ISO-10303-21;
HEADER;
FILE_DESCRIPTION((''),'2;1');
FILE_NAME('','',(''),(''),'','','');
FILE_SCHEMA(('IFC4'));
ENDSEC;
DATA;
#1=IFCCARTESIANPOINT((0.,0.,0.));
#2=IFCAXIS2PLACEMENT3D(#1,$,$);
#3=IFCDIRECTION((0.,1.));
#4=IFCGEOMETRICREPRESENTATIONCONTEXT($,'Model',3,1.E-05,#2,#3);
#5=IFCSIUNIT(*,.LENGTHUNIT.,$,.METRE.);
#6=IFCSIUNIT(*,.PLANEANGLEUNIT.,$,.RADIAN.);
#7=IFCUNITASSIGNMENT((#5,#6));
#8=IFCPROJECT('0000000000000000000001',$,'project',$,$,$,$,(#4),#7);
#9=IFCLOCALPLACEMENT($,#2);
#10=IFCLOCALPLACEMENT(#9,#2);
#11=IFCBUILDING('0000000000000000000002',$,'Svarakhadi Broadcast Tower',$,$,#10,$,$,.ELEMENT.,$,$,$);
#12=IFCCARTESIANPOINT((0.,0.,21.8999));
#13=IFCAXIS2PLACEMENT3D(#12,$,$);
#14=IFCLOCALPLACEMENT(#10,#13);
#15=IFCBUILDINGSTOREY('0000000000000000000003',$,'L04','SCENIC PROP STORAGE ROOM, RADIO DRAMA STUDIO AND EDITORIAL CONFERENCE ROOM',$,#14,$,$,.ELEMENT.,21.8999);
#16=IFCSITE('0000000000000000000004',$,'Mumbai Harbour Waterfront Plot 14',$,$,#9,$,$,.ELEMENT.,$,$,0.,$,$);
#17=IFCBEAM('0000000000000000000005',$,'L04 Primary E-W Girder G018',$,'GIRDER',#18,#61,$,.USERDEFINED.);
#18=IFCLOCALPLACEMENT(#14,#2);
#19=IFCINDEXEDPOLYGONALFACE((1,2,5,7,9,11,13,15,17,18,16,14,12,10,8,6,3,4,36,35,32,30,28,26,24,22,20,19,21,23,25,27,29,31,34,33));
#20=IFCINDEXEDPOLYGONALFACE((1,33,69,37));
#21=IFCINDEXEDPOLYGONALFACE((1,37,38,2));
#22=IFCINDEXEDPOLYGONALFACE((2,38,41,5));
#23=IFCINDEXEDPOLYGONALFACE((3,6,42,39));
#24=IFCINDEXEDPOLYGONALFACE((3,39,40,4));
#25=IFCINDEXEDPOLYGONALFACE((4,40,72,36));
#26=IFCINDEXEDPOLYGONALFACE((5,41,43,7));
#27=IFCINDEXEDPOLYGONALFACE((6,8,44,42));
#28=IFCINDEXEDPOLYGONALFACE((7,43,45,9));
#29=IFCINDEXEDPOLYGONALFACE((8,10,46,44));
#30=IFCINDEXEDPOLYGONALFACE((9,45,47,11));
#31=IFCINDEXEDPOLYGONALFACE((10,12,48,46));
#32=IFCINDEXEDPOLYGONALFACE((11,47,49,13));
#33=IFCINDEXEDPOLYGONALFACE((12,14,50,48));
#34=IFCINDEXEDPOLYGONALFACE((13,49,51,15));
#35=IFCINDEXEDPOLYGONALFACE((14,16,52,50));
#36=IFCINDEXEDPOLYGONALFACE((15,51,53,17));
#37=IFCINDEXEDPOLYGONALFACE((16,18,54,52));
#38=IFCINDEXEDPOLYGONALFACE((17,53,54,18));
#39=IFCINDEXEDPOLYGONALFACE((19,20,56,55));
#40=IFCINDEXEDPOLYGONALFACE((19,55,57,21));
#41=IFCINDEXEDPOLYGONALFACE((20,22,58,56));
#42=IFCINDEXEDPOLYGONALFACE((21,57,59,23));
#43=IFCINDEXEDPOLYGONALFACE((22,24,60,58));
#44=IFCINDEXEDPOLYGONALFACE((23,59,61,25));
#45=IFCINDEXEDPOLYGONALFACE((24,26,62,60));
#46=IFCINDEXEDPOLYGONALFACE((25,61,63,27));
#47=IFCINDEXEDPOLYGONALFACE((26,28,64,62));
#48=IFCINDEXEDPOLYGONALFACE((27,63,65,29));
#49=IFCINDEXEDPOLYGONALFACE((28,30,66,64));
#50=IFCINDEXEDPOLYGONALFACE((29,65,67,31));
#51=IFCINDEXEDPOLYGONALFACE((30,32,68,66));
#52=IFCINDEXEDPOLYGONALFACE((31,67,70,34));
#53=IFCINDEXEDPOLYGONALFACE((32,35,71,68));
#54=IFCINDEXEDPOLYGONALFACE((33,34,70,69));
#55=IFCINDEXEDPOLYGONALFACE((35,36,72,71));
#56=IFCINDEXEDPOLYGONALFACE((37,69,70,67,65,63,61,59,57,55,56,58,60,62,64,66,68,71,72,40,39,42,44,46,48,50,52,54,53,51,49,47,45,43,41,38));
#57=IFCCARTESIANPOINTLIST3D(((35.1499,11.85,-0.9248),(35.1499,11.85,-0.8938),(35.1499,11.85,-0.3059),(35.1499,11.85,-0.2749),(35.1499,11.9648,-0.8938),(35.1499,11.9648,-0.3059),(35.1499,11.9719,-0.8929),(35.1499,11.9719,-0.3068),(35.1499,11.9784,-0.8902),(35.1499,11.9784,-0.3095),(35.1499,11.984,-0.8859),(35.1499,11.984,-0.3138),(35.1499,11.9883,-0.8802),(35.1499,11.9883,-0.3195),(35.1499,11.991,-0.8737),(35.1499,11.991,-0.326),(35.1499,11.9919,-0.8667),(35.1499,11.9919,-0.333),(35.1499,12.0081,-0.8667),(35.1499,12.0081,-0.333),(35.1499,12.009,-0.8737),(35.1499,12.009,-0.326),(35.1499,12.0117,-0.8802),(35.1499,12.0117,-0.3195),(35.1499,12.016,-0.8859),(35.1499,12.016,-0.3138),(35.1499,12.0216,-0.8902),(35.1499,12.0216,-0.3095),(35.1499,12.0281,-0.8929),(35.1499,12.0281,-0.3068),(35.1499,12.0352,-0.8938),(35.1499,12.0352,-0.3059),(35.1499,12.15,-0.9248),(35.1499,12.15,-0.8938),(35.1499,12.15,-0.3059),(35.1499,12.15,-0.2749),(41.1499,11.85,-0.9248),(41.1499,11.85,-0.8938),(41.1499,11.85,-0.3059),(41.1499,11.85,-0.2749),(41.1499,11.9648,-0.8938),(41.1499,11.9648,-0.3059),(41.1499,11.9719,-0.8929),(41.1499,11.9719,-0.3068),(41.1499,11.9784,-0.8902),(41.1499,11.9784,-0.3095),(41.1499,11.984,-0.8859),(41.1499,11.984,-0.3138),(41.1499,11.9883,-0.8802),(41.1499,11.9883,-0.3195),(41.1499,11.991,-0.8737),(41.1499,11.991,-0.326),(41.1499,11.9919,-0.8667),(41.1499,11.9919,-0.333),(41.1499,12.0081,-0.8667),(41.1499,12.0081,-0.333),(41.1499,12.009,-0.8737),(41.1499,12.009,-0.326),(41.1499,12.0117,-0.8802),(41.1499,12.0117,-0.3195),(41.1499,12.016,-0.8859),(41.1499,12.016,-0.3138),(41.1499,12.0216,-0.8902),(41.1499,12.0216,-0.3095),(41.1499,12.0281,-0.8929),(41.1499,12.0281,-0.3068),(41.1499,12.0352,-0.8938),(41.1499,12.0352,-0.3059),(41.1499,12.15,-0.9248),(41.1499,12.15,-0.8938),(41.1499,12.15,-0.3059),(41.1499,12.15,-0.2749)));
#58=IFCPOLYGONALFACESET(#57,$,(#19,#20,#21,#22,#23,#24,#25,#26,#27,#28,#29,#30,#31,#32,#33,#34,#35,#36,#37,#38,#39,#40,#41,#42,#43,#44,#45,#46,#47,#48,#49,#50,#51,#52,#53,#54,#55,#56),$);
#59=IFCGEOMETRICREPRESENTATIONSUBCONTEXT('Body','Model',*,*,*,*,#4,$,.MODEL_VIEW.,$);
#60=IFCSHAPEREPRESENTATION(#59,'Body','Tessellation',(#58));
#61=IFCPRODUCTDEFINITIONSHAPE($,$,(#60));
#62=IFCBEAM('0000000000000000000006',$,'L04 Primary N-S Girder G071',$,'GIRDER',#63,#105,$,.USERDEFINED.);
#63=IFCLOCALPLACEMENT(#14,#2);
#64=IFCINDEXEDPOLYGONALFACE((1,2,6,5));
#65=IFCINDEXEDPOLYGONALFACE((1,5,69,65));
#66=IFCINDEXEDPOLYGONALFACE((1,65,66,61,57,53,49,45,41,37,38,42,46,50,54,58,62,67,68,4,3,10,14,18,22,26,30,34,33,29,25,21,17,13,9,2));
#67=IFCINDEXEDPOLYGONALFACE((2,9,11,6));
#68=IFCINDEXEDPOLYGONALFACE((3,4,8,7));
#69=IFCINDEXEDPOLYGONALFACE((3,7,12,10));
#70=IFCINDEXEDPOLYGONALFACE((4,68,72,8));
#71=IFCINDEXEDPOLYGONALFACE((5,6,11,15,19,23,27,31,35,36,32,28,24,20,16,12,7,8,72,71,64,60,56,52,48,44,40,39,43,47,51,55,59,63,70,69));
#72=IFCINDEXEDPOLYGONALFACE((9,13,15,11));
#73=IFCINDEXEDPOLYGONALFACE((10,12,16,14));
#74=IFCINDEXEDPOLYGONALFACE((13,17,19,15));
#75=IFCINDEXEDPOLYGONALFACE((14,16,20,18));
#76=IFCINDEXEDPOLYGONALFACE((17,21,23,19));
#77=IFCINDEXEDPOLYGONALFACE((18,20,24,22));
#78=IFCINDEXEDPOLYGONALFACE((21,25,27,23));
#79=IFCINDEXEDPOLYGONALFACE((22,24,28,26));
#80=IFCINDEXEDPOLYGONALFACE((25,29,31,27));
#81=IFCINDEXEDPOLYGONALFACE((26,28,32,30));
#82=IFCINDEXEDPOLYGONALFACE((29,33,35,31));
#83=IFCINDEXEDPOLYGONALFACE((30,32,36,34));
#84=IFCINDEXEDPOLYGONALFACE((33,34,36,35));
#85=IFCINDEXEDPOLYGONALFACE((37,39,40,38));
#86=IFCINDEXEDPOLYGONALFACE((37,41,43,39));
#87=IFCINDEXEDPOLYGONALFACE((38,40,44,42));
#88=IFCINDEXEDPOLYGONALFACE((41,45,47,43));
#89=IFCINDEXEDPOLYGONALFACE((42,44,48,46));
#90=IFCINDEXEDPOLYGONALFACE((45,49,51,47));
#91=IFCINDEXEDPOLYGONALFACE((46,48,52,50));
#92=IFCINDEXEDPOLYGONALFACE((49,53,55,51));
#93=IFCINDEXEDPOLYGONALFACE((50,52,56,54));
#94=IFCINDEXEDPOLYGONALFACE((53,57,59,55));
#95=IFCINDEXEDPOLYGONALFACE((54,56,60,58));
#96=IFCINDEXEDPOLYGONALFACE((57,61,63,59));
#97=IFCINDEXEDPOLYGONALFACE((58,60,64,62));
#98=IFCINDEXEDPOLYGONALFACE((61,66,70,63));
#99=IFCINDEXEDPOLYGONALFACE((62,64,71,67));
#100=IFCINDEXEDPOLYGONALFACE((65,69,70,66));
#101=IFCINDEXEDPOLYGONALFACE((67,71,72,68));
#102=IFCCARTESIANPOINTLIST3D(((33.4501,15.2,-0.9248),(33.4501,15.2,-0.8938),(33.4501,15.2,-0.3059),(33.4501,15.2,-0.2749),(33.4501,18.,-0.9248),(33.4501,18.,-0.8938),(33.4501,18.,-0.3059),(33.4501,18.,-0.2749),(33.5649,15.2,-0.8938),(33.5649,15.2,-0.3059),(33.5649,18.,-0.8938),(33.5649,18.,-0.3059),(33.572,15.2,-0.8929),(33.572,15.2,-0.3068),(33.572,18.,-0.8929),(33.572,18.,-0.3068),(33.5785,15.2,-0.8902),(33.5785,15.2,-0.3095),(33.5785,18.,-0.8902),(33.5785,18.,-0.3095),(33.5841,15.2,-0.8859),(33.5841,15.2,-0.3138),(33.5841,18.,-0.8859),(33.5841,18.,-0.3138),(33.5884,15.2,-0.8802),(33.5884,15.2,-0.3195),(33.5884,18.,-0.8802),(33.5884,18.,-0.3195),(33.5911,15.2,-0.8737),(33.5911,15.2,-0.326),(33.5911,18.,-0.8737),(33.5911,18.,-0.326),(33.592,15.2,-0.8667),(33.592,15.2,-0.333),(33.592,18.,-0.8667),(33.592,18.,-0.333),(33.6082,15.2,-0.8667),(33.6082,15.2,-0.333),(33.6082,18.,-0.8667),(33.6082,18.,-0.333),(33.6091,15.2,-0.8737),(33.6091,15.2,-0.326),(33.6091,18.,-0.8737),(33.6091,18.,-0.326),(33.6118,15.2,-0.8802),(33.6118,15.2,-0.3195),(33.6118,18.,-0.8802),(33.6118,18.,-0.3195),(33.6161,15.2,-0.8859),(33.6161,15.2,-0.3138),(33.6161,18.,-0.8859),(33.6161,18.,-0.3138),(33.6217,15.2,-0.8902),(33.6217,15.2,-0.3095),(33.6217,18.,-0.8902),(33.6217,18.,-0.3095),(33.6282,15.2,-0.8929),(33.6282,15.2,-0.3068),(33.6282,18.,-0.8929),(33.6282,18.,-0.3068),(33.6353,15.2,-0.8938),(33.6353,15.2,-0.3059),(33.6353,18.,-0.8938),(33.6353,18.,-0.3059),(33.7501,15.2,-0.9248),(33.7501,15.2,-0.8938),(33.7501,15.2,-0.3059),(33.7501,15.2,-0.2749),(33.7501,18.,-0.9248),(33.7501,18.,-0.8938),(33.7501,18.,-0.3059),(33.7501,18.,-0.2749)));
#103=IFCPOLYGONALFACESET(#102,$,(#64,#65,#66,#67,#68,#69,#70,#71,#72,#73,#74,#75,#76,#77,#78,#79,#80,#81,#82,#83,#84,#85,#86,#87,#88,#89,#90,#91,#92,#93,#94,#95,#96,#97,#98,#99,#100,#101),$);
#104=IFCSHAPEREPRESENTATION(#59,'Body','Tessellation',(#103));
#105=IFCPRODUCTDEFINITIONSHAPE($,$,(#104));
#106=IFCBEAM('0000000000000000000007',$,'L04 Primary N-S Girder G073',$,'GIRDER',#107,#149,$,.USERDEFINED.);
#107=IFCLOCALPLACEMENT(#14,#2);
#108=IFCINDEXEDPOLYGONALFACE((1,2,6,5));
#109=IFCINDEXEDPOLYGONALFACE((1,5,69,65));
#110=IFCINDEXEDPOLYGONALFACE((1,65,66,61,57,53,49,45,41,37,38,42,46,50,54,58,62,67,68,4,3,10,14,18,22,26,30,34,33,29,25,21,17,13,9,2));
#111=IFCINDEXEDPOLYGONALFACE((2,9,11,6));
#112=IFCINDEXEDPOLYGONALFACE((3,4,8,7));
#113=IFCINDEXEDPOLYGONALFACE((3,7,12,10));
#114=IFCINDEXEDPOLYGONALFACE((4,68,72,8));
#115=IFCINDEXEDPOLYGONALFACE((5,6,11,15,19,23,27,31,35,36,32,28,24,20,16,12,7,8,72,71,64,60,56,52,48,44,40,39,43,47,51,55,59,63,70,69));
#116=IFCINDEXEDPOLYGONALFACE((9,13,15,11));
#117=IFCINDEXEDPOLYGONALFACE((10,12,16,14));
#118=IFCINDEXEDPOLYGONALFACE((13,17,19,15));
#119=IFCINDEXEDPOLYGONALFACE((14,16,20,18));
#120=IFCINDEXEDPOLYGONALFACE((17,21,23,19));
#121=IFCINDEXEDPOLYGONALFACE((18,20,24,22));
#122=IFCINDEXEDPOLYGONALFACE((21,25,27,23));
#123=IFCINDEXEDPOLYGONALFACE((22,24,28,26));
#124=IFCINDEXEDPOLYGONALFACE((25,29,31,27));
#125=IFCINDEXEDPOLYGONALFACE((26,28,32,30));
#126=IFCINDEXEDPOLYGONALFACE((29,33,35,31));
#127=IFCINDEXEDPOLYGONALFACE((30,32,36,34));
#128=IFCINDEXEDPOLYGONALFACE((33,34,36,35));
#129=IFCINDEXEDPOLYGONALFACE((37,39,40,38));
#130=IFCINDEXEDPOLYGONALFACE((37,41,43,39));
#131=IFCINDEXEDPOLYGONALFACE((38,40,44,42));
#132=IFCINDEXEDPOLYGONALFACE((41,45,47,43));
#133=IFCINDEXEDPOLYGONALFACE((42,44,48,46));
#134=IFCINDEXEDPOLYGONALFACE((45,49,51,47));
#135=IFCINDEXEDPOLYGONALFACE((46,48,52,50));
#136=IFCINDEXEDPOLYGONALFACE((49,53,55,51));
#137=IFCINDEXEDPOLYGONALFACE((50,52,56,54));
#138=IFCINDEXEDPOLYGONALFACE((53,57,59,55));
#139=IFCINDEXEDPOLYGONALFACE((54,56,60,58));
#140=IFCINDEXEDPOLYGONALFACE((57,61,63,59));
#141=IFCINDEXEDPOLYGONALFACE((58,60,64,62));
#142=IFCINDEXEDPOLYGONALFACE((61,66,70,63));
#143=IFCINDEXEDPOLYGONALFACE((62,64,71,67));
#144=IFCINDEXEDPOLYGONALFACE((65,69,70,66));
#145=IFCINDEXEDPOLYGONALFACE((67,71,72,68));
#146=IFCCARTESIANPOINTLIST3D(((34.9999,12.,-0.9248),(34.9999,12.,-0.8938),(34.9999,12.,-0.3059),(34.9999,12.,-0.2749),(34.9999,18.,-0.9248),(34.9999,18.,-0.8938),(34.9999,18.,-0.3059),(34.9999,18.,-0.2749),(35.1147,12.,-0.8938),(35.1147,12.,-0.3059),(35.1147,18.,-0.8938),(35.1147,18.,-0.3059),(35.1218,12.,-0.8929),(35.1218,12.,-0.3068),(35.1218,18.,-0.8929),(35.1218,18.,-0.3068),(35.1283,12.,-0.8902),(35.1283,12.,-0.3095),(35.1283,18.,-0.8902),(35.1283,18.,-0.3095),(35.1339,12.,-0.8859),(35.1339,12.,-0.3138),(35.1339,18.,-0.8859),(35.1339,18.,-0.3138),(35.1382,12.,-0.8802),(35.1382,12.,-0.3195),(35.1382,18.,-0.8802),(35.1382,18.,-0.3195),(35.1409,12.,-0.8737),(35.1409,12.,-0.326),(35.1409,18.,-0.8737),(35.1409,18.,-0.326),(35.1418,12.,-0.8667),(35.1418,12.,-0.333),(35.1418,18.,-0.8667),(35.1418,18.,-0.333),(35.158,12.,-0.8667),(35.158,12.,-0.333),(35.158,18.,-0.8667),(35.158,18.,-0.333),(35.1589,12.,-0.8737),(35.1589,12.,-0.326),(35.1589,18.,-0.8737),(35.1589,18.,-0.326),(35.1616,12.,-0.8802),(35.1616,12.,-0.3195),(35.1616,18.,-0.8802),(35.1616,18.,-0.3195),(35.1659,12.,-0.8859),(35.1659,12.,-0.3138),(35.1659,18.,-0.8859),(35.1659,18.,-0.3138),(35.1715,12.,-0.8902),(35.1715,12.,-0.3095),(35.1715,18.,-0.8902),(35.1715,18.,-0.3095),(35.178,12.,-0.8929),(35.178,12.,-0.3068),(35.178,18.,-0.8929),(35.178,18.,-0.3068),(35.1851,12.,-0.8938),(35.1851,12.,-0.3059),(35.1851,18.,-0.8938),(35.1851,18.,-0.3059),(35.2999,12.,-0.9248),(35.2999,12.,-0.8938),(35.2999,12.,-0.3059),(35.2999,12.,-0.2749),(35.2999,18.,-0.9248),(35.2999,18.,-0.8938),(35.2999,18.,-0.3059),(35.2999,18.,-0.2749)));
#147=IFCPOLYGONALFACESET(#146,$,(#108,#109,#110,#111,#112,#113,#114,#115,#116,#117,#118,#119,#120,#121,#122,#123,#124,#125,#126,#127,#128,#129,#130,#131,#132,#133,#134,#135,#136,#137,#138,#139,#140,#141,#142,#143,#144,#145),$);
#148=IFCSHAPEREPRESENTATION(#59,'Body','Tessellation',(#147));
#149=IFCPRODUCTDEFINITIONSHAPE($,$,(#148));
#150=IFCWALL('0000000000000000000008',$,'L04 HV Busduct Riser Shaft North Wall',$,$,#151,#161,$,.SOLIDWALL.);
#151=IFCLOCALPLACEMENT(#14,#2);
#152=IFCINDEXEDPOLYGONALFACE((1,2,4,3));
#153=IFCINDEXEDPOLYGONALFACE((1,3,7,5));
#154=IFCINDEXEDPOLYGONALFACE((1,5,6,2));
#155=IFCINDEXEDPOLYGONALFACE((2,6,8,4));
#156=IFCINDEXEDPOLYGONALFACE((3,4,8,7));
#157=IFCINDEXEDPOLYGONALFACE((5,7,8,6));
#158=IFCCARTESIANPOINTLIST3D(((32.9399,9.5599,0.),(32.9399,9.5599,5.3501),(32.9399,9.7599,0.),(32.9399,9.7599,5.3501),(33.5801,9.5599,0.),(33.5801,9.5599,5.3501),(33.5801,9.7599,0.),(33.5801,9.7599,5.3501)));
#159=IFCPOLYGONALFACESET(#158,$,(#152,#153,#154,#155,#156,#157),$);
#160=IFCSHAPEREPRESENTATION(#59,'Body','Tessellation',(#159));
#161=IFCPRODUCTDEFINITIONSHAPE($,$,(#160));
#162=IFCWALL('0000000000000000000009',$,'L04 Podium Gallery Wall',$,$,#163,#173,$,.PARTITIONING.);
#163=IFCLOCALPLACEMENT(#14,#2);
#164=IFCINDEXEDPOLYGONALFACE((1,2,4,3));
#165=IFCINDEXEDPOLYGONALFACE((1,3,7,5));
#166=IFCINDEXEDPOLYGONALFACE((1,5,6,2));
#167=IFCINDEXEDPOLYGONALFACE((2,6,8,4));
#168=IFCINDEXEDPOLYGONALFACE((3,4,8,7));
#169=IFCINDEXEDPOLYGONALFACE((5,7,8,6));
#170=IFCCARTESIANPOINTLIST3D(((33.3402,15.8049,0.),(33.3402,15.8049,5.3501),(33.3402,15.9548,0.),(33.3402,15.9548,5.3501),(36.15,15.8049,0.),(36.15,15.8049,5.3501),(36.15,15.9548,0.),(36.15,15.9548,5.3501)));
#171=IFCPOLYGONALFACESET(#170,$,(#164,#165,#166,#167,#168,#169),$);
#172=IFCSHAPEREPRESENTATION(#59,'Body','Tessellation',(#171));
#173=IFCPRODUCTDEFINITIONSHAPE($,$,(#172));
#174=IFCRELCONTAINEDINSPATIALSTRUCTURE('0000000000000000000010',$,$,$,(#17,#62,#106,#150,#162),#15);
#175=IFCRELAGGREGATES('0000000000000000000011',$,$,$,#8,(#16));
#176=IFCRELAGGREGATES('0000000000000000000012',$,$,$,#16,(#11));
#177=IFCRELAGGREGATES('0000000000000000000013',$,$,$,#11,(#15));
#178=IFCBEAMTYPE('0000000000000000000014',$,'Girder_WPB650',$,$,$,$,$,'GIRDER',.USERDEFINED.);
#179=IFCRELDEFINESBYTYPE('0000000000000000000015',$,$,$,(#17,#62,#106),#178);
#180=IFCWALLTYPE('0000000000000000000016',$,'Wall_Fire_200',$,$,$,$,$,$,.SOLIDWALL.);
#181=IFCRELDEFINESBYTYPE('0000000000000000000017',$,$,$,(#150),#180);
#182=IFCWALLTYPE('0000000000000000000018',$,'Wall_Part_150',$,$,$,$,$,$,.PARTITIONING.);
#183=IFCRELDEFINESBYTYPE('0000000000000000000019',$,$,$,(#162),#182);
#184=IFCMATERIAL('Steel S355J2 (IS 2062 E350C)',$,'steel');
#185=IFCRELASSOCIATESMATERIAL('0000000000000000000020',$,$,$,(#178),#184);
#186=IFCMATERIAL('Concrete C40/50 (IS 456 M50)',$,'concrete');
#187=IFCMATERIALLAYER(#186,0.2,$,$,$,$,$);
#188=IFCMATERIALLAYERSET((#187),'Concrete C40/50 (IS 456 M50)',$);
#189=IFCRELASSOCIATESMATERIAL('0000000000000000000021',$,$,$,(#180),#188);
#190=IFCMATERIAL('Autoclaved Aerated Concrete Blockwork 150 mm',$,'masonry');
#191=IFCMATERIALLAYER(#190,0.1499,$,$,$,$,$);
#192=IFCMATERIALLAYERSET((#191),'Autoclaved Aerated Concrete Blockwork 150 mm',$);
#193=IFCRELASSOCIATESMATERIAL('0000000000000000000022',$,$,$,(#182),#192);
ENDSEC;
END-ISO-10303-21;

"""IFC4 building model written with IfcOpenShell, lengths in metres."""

from ifc_helpers import new_model, si_unit, direction, frame, frame_2d, origin, origin_2d, place, context, subcontext, project, spatial, rectangle, i_section, extrude, material, layer, layer_set, material_profile, profile_set, type_object, element, save


model = new_model("IFC4")

# Units and contexts
model_context = context("Model", 3, precision=1e-05, world=origin(), true_north=direction((0.0, 1.0)))
body_context = subcontext(model_context, "Body", "Model", "MODEL_VIEW")
ifc_project = project(units=[si_unit("LENGTHUNIT", "METRE"), si_unit("PLANEANGLEUNIT", "RADIAN")], contexts=[model_context])

# Site, building, storey
site_placement = place(None, origin())
site = spatial("IfcSite", under=ifc_project, at=site_placement, Name="Mumbai Harbour Waterfront Plot 14", CompositionType="ELEMENT", RefElevation=0.0)
building_placement = place(site_placement, origin())
building = spatial("IfcBuilding", under=site, at=building_placement, Name="Svarakhadi Broadcast Tower", CompositionType="ELEMENT")
storey_placement = place(building_placement, frame((0.0, 0.0, 21.8999)))
storey = spatial("IfcBuildingStorey", under=building, at=storey_placement, Name="L04", Description="SCENIC PROP STORAGE ROOM, RADIO DRAMA STUDIO AND EDITORIAL CONFERENCE ROOM", CompositionType="ELEMENT", Elevation=21.8999)

# Beams
ifc_material_1 = material(Name="Steel S355J2 (IS 2062 E350C)", Category="steel")
ifc_material_profile_1 = material_profile(ifc_material_1, i_section(OverallWidth=0.3, OverallDepth=0.6499, WebThickness=0.0161, FlangeThickness=0.031, FilletRadius=0.0271, at=origin_2d()), Name="WPB 650x300x225")
ifc_profile_set_1 = profile_set([ifc_material_profile_1], Name="Steel S355J2 (IS 2062 E350C)")
beam_type_1 = type_object("IfcBeamType", Name="Girder_WPB650", ElementType="GIRDER", PredefinedType="USERDEFINED", material=ifc_profile_set_1)
beam_1_placement = place(storey_placement, frame((35.1499, 12.0, -0.5999), z_axis=(1.0, 0.0, 0.0), x_axis=(0.0, 1.0, 0.0)))
element("IfcBeam", 1, at=beam_1_placement, inside=storey, type_object=beam_type_1, Name="L04 Primary E-W Girder G018", ObjectType="GIRDER", PredefinedType="USERDEFINED", context=body_context, shape_type="SweptSolid", body=[
    extrude(i_section(OverallWidth=0.3, OverallDepth=0.6499, WebThickness=0.0161, FlangeThickness=0.031, FilletRadius=0.0271, at=origin_2d()), origin(), (0.0, 0.0, 1.0), 6.0),
])
beam_2_placement = place(storey_placement, frame((33.6001, 15.2, -0.5999), z_axis=(0.0, 1.0, 0.0), x_axis=(-1.0, 0.0, 0.0)))
element("IfcBeam", 2, at=beam_2_placement, inside=storey, type_object=beam_type_1, Name="L04 Primary N-S Girder G071", ObjectType="GIRDER", PredefinedType="USERDEFINED", context=body_context, shape_type="SweptSolid", body=[
    extrude(i_section(OverallWidth=0.3, OverallDepth=0.6499, WebThickness=0.0161, FlangeThickness=0.031, FilletRadius=0.0271, at=origin_2d()), origin(), (0.0, 0.0, 1.0), 2.8),
])
beam_3_placement = place(storey_placement, frame((35.1499, 12.0, -0.5999), z_axis=(0.0, 1.0, 0.0), x_axis=(-1.0, 0.0, 0.0)))
element("IfcBeam", 3, at=beam_3_placement, inside=storey, type_object=beam_type_1, Name="L04 Primary N-S Girder G073", ObjectType="GIRDER", PredefinedType="USERDEFINED", context=body_context, shape_type="SweptSolid", body=[
    extrude(i_section(OverallWidth=0.3, OverallDepth=0.6499, WebThickness=0.0161, FlangeThickness=0.031, FilletRadius=0.0271, at=origin_2d()), origin(), (0.0, 0.0, 1.0), 6.0),
])

# Walls
ifc_material_2 = material(Name="Concrete C40/50 (IS 456 M50)", Category="concrete")
ifc_layer_1 = layer(ifc_material_2, 0.2)
ifc_layer_set_1 = layer_set([ifc_layer_1], Name="Concrete C40/50 (IS 456 M50)")
wall_type_1 = type_object("IfcWallType", Name="Wall_Fire_200", PredefinedType="SOLIDWALL", material=ifc_layer_set_1)
wall_1_placement = place(storey_placement, frame((32.9399, 9.6599, 0.0), z_axis=(0.0, 0.0, 1.0), x_axis=(1.0, 0.0, 0.0)))
element("IfcWall", 4, at=wall_1_placement, inside=storey, type_object=wall_type_1, Name="L04 HV Busduct Riser Shaft North Wall", PredefinedType="SOLIDWALL", context=body_context, shape_type="SweptSolid", body=[
    extrude(rectangle(XDim=0.6401, YDim=0.2, at=frame_2d((0.3201, 0.0))), origin(), (0.0, 0.0, 1.0), 5.3501),
])
ifc_material_3 = material(Name="Autoclaved Aerated Concrete Blockwork 150 mm", Category="masonry")
ifc_layer_2 = layer(ifc_material_3, 0.1499)
ifc_layer_set_2 = layer_set([ifc_layer_2], Name="Autoclaved Aerated Concrete Blockwork 150 mm")
wall_type_2 = type_object("IfcWallType", Name="Wall_Part_150", PredefinedType="PARTITIONING", material=ifc_layer_set_2)
wall_2_placement = place(storey_placement, frame((36.1499, 15.8799, 0.0), z_axis=(0.0, 0.0, 1.0), x_axis=(-1.0, 0.0, 0.0)))
element("IfcWall", 5, at=wall_2_placement, inside=storey, type_object=wall_type_2, Name="L04 Podium Gallery Wall", PredefinedType="PARTITIONING", context=body_context, shape_type="SweptSolid", body=[
    extrude(rectangle(XDim=2.8098, YDim=0.1499, at=frame_2d((1.4048, 0.0))), origin(), (0.0, 0.0, 1.0), 5.3501),
])

save(model, "model.ifc")
